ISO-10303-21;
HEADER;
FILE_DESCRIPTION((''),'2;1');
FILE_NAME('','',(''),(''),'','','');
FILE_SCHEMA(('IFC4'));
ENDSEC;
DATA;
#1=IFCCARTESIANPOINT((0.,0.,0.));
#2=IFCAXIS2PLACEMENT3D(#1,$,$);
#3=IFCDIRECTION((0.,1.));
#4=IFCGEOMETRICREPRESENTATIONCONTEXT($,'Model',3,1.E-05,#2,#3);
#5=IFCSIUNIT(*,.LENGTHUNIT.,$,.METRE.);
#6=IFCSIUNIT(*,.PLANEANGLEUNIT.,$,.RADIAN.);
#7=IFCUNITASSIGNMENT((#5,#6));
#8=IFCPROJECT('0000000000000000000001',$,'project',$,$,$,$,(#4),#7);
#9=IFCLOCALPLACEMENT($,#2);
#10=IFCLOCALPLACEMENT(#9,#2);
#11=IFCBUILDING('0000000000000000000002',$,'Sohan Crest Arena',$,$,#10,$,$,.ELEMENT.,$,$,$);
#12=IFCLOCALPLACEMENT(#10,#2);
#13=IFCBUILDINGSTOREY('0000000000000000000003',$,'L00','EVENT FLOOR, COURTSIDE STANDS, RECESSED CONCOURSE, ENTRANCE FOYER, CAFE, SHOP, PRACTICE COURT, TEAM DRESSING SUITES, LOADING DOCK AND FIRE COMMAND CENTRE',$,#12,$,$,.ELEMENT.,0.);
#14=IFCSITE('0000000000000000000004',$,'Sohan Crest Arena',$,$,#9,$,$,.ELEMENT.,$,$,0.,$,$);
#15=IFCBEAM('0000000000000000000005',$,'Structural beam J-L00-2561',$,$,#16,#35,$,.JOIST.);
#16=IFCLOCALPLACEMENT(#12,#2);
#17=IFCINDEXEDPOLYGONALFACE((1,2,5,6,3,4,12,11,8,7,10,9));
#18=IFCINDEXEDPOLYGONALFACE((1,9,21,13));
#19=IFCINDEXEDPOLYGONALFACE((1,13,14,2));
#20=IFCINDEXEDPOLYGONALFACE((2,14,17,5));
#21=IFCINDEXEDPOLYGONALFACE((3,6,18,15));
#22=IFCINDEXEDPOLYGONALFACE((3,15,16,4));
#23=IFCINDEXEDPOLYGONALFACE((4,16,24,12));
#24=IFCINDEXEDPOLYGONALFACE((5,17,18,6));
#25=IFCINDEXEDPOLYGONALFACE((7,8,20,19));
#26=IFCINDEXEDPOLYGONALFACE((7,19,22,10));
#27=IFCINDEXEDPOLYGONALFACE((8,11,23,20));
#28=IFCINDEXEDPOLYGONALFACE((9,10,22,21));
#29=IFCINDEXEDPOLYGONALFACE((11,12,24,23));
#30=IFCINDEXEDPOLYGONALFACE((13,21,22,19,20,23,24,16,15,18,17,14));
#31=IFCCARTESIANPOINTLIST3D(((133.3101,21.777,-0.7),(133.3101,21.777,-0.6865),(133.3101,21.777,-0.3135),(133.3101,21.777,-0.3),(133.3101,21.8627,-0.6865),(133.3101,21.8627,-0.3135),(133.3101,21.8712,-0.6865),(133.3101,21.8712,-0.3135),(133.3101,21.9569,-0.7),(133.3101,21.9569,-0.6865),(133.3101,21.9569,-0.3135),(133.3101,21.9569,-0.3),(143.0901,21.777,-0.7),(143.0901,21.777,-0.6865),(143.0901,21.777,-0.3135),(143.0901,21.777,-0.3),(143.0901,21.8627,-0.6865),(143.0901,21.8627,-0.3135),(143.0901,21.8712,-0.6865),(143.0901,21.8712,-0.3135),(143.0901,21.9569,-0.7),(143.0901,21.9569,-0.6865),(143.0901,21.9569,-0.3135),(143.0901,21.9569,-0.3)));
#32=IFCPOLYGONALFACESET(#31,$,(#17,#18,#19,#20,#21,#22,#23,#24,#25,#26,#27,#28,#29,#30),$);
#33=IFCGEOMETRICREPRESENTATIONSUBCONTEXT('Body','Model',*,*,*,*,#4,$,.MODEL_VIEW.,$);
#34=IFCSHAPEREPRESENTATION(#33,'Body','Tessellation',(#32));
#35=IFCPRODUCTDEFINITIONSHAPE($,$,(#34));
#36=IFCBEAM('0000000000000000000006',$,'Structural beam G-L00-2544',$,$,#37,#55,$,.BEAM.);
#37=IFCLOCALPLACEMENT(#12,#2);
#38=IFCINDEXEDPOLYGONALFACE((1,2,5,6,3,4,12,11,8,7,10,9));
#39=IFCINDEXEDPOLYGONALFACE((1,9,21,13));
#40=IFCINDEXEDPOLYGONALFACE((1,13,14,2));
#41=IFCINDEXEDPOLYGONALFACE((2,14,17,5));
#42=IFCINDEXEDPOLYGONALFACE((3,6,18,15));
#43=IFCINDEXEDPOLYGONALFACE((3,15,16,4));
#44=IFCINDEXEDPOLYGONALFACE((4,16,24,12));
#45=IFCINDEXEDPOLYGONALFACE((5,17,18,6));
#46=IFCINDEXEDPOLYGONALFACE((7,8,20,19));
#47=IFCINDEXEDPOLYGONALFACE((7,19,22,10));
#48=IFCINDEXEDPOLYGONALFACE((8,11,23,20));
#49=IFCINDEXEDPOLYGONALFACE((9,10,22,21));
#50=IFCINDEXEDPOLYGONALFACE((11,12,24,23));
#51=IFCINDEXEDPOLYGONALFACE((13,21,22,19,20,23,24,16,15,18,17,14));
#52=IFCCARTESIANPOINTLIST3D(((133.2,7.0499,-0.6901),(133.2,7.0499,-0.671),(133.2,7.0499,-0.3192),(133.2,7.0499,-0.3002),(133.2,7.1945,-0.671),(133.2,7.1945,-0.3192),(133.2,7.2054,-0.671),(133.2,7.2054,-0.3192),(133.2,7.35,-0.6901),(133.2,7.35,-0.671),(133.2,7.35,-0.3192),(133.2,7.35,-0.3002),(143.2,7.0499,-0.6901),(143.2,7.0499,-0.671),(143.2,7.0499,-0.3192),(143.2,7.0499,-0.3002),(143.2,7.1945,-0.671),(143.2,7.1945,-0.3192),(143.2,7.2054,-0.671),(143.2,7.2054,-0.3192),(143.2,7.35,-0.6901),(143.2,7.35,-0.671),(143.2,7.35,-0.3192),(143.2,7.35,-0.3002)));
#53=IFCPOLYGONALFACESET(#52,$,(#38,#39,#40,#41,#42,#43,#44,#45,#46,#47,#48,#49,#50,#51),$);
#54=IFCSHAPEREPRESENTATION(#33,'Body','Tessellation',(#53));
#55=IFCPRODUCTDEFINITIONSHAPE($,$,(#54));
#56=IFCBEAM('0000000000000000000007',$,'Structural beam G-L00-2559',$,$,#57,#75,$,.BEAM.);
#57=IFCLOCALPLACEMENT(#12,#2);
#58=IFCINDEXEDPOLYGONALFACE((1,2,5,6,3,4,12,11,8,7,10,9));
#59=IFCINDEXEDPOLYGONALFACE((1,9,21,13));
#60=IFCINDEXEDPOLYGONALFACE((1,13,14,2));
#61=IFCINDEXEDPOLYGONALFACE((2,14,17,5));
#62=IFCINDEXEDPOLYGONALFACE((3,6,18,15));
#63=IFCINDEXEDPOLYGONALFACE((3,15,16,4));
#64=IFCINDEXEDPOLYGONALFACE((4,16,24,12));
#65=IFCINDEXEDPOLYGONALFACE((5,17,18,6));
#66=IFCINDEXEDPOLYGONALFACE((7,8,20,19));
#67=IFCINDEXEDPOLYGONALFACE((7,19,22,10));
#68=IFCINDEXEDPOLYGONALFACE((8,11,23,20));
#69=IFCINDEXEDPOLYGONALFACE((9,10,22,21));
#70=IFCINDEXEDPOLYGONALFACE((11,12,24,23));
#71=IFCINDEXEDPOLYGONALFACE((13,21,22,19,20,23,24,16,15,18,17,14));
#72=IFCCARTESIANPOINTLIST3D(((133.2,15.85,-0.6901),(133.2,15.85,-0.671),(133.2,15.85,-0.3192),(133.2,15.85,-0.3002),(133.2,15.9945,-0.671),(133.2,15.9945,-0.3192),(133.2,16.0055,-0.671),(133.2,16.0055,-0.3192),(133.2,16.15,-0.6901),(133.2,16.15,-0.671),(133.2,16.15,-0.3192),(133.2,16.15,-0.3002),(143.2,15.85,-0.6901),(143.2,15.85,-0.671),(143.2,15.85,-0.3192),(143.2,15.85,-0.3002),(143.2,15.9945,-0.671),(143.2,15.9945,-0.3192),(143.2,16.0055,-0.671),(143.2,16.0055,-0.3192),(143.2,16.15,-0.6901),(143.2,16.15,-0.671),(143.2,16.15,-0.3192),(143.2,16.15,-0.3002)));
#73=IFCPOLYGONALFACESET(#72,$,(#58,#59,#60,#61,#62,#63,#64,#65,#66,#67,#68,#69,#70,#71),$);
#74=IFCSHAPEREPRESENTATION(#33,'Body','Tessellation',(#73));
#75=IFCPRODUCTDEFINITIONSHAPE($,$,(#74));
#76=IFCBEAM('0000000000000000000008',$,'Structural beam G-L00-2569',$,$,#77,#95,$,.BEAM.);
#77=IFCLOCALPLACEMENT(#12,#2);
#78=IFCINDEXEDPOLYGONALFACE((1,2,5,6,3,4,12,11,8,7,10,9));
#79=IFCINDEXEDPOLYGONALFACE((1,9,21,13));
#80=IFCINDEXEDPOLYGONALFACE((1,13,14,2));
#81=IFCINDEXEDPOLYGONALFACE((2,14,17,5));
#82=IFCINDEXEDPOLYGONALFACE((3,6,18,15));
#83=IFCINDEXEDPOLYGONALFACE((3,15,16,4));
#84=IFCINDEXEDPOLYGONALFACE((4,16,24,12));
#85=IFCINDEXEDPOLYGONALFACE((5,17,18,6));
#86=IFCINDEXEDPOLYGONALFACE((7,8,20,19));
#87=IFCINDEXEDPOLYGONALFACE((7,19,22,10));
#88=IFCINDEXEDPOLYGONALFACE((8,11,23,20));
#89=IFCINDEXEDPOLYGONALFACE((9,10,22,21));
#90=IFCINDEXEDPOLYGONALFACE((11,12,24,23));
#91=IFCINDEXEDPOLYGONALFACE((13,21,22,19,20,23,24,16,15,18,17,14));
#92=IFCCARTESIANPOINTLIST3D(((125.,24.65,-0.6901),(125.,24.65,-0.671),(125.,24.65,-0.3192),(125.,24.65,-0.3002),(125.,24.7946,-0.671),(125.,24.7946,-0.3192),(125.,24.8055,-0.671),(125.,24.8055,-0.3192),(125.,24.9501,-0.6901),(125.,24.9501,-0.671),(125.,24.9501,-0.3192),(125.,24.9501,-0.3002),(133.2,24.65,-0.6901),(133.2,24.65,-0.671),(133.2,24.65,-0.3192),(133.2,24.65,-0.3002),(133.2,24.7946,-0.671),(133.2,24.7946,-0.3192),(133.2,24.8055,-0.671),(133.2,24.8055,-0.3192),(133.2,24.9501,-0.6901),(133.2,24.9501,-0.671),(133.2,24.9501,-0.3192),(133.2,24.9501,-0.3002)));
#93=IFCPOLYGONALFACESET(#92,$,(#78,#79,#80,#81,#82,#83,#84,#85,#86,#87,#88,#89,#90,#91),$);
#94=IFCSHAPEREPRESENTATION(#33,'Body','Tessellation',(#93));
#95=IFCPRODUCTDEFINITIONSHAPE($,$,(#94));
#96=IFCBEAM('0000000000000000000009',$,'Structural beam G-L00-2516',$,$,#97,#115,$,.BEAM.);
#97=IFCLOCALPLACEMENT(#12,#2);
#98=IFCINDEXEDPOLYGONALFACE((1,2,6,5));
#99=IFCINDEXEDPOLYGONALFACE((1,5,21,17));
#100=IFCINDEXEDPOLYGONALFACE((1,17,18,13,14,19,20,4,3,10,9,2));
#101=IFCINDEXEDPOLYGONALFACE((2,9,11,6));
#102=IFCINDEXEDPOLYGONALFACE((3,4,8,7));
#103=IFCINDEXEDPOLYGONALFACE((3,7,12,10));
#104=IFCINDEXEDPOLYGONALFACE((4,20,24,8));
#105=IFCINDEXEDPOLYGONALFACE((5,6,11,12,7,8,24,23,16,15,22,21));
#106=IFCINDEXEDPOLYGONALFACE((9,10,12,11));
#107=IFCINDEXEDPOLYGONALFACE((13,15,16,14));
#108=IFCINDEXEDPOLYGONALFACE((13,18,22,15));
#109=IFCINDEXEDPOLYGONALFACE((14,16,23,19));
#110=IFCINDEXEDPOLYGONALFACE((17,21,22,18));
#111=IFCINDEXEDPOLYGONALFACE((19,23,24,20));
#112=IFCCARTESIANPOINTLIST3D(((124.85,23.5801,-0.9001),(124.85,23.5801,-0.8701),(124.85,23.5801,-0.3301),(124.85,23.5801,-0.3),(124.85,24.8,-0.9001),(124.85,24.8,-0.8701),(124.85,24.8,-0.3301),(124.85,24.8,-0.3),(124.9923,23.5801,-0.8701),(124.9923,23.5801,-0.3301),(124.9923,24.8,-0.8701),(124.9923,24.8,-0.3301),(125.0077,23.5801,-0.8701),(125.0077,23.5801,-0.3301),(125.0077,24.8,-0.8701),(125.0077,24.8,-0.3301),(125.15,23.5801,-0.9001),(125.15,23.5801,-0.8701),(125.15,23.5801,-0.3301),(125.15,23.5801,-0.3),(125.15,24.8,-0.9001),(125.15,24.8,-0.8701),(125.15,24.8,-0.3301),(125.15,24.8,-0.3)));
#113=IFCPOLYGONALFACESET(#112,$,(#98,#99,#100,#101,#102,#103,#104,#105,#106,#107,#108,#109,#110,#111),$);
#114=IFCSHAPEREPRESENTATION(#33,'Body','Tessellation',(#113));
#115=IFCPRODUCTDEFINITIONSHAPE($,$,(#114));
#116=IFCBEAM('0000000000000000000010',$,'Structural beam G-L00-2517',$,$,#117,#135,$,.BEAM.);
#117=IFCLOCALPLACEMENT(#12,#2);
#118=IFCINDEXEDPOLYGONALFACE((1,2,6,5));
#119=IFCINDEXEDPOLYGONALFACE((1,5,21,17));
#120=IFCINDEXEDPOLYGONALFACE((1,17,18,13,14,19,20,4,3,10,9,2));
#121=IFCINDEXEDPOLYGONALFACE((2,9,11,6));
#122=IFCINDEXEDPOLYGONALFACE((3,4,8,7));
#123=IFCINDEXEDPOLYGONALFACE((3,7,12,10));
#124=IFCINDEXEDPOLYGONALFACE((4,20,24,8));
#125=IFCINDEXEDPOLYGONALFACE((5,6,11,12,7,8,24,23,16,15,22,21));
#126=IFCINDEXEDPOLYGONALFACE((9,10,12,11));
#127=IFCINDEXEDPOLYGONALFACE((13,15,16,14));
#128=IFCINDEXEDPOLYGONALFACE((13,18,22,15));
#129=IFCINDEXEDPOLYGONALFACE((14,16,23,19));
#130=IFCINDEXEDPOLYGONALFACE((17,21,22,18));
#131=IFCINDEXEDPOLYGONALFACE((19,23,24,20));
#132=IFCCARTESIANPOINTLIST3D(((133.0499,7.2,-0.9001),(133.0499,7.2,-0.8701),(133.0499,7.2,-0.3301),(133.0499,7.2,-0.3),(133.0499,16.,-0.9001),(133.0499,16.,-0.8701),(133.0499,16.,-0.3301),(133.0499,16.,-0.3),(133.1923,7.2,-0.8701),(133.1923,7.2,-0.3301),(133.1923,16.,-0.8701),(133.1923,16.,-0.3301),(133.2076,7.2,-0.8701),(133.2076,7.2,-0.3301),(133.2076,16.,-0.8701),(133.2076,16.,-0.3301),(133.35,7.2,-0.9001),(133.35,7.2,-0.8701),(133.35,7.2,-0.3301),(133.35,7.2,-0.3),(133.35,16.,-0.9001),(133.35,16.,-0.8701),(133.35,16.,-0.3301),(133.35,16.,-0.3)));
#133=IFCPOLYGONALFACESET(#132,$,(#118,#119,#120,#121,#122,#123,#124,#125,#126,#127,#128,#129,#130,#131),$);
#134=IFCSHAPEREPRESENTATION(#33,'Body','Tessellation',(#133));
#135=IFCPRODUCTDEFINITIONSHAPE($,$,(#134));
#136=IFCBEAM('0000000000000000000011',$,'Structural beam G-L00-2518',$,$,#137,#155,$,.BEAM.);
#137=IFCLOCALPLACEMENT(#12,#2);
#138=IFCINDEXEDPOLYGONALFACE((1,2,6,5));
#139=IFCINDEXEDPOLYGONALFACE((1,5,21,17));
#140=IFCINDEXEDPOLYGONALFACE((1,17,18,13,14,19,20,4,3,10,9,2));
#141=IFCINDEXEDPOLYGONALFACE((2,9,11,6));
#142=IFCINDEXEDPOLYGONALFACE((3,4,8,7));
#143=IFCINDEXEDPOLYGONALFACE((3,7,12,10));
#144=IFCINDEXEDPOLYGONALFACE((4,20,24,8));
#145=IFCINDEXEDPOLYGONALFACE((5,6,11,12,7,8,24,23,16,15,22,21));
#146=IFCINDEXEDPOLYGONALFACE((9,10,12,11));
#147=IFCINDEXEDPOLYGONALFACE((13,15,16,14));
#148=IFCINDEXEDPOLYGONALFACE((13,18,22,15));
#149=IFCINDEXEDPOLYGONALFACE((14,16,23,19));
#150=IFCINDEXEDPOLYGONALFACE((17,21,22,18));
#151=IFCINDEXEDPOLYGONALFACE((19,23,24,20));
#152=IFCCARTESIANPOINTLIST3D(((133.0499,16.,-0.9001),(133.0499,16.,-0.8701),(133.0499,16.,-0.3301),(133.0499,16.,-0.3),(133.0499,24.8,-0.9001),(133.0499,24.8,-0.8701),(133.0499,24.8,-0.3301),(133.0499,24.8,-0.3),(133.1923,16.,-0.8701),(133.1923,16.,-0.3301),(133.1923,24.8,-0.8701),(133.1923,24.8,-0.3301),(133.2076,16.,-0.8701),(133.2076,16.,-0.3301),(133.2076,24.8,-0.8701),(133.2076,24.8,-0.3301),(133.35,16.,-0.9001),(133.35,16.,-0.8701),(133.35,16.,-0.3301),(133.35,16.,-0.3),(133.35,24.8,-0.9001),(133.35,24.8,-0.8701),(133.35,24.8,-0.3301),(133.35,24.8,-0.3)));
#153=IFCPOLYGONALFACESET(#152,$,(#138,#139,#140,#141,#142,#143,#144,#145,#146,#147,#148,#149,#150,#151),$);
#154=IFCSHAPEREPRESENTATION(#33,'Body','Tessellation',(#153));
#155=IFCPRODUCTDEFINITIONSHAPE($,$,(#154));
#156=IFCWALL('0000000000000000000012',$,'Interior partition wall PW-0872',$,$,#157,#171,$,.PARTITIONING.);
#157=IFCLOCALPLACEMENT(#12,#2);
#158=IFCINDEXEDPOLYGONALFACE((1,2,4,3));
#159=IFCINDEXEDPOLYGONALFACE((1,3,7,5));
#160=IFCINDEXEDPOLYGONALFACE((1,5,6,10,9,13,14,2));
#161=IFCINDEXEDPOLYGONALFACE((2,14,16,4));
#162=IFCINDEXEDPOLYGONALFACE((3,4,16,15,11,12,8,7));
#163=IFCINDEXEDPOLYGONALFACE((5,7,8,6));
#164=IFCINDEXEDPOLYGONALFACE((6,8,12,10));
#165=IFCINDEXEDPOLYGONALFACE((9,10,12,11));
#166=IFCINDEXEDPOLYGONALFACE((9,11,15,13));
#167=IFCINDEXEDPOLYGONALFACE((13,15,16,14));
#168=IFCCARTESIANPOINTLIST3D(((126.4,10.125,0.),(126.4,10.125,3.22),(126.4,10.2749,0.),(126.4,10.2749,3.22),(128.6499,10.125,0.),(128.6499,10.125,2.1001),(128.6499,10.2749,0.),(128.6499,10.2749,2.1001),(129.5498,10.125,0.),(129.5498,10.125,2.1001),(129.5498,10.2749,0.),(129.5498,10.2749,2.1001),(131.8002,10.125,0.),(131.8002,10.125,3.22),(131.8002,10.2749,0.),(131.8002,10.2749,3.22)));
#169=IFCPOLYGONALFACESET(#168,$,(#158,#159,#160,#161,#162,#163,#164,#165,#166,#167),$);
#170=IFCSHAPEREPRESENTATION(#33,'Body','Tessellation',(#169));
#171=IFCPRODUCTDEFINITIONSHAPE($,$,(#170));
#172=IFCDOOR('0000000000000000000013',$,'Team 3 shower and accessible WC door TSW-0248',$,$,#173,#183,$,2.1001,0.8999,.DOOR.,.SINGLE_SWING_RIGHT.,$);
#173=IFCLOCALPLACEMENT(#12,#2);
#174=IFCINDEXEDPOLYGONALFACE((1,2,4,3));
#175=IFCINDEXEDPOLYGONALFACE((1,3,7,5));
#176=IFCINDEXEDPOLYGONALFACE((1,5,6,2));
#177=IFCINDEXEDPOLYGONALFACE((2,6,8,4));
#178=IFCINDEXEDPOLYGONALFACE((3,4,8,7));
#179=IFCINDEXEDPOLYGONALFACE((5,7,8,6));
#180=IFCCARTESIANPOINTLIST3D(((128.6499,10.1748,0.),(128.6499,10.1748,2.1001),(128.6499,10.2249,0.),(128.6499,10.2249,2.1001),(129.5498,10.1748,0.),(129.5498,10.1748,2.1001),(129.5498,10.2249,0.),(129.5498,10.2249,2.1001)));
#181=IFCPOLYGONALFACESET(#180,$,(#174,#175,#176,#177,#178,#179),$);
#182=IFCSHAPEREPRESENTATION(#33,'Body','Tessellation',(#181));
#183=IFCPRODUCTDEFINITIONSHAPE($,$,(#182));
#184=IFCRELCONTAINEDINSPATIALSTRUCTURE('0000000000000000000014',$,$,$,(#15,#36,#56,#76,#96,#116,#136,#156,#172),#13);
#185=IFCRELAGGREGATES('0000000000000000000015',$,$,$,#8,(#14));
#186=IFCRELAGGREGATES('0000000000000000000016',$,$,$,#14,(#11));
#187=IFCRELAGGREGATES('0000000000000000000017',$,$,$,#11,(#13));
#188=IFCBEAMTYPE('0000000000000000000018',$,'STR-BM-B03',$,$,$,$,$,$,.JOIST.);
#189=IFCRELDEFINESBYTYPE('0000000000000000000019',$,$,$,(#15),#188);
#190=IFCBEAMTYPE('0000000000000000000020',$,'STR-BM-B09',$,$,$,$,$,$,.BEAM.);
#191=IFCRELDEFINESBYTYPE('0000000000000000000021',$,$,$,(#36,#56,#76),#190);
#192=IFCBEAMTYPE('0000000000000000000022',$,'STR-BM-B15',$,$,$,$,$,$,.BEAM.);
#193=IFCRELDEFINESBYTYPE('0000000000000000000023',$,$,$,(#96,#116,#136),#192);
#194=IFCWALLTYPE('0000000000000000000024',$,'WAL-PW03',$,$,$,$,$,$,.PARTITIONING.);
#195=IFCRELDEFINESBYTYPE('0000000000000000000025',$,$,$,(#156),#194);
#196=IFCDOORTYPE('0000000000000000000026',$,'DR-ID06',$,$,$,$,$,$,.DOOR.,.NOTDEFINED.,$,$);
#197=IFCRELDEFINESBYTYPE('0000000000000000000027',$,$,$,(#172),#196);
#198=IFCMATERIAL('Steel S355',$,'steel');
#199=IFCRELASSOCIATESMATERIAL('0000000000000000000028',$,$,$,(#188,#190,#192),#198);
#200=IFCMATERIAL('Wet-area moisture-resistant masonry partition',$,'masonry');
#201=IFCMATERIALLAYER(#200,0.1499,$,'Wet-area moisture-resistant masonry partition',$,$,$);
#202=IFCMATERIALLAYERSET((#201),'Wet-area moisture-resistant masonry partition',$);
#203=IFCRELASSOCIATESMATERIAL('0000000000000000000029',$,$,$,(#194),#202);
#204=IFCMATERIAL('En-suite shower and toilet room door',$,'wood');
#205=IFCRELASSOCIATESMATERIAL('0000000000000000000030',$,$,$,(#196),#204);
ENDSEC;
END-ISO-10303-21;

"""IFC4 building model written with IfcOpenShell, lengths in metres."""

from ifc_helpers import new_model, si_unit, direction, frame, frame_2d, origin, origin_2d, place, context, subcontext, project, spatial, rectangle, i_section, extrude, material, layer, layer_set, material_profile, profile_set, type_object, element, fill, save


model = new_model("IFC4")

# Units and contexts
model_context = context("Model", 3, precision=1e-05, world=origin(), true_north=direction((0.0, 1.0)))
body_context = subcontext(model_context, "Body", "Model", "MODEL_VIEW")
ifc_project = project(units=[si_unit("LENGTHUNIT", "METRE"), si_unit("PLANEANGLEUNIT", "RADIAN")], contexts=[model_context])

# Site, building, storey
site_placement = place(None, origin())
site = spatial("IfcSite", under=ifc_project, at=site_placement, Name="Sohan Crest Arena", CompositionType="ELEMENT", RefElevation=0.0)
building_placement = place(site_placement, origin())
building = spatial("IfcBuilding", under=site, at=building_placement, Name="Sohan Crest Arena", CompositionType="ELEMENT")
storey_placement = place(building_placement, origin())
storey = spatial("IfcBuildingStorey", under=building, at=storey_placement, Name="L00", Description="EVENT FLOOR, COURTSIDE STANDS, RECESSED CONCOURSE, ENTRANCE FOYER, CAFE, SHOP, PRACTICE COURT, TEAM DRESSING SUITES, LOADING DOCK AND FIRE COMMAND CENTRE", CompositionType="ELEMENT", Elevation=0.0)

# Shared definitions
ifc_material_1 = material(Name="Steel S355", Category="steel")

# Beams
ifc_material_profile_1 = material_profile(ifc_material_1, i_section(OverallWidth=0.1799, OverallDepth=0.3999, WebThickness=0.0085, FlangeThickness=0.0134, at=origin_2d()), Name="IPE 400")
ifc_profile_set_1 = profile_set([ifc_material_profile_1], Name="Steel S355")
beam_type_1 = type_object("IfcBeamType", Name="STR-BM-B03", PredefinedType="JOIST", material=ifc_profile_set_1)
for number, where, z_axis, x_axis, name in (
    (1, (133.3101, 21.8669, -0.5), (1.0, 0.0, 0.0), (0.0, 1.0, 0.0), "Structural beam J-L00-2561"),
):
    element("IfcBeam", number, at=place(storey_placement, frame(where, z_axis=z_axis, x_axis=x_axis)), inside=storey, type_object=beam_type_1, Name=name, PredefinedType="JOIST", context=body_context, shape_type="SweptSolid", body=[
        extrude(i_section(OverallWidth=0.1799, OverallDepth=0.3999, WebThickness=0.0085, FlangeThickness=0.0134, at=origin_2d()), origin(), (0.0, 0.0, 1.0), 9.78),
    ])
ifc_material_profile_2 = material_profile(ifc_material_1, i_section(OverallWidth=0.3, OverallDepth=0.3899, WebThickness=0.011, FlangeThickness=0.019, at=origin_2d()), Name="HEA 400")
ifc_profile_set_2 = profile_set([ifc_material_profile_2], Name="Steel S355")
beam_type_2 = type_object("IfcBeamType", Name="STR-BM-B09", PredefinedType="BEAM", material=ifc_profile_set_2)
for number, where, z_axis, x_axis, name in (
    (2, (133.2, 7.2, -0.4951), (1.0, 0.0, 0.0), (0.0, 1.0, 0.0), "Structural beam G-L00-2544"),
    (3, (133.2, 16.0, -0.4951), (1.0, 0.0, 0.0), (0.0, 1.0, 0.0), "Structural beam G-L00-2559"),
):
    element("IfcBeam", number, at=place(storey_placement, frame(where, z_axis=z_axis, x_axis=x_axis)), inside=storey, type_object=beam_type_2, Name=name, PredefinedType="BEAM", context=body_context, shape_type="SweptSolid", body=[
        extrude(i_section(OverallWidth=0.3, OverallDepth=0.3899, WebThickness=0.011, FlangeThickness=0.019, at=origin_2d()), origin(), (0.0, 0.0, 1.0), 10.0),
    ])
beam_1_placement = place(storey_placement, frame((125.0, 24.8, -0.4951), z_axis=(1.0, 0.0, 0.0), x_axis=(0.0, 1.0, 0.0)))
element("IfcBeam", 4, at=beam_1_placement, inside=storey, type_object=beam_type_2, Name="Structural beam G-L00-2569", PredefinedType="BEAM", context=body_context, shape_type="SweptSolid", body=[
    extrude(i_section(OverallWidth=0.3, OverallDepth=0.3899, WebThickness=0.011, FlangeThickness=0.019, at=origin_2d()), origin(), (0.0, 0.0, 1.0), 8.2),
])
ifc_material_profile_3 = material_profile(ifc_material_1, i_section(OverallWidth=0.3, OverallDepth=0.6001, WebThickness=0.0154, FlangeThickness=0.03, at=origin_2d()), Name="HEB 600")
ifc_profile_set_3 = profile_set([ifc_material_profile_3], Name="Steel S355")
beam_type_3 = type_object("IfcBeamType", Name="STR-BM-B15", PredefinedType="BEAM", material=ifc_profile_set_3)
beam_2_placement = place(storey_placement, frame((125.0, 23.5801, -0.6001), z_axis=(0.0, 1.0, 0.0), x_axis=(-1.0, 0.0, 0.0)))
element("IfcBeam", 5, at=beam_2_placement, inside=storey, type_object=beam_type_3, Name="Structural beam G-L00-2516", PredefinedType="BEAM", context=body_context, shape_type="SweptSolid", body=[
    extrude(i_section(OverallWidth=0.3, OverallDepth=0.6001, WebThickness=0.0154, FlangeThickness=0.03, at=origin_2d()), origin(), (0.0, 0.0, 1.0), 1.22),
])
for number, where, z_axis, x_axis, name in (
    (6, (133.2, 7.2, -0.6001), (0.0, 1.0, 0.0), (-1.0, 0.0, 0.0), "Structural beam G-L00-2517"),
    (7, (133.2, 16.0, -0.6001), (0.0, 1.0, 0.0), (-1.0, 0.0, 0.0), "Structural beam G-L00-2518"),
):
    element("IfcBeam", number, at=place(storey_placement, frame(where, z_axis=z_axis, x_axis=x_axis)), inside=storey, type_object=beam_type_3, Name=name, PredefinedType="BEAM", context=body_context, shape_type="SweptSolid", body=[
        extrude(i_section(OverallWidth=0.3, OverallDepth=0.6001, WebThickness=0.0154, FlangeThickness=0.03, at=origin_2d()), origin(), (0.0, 0.0, 1.0), 8.8),
    ])

# Wall, opening, door
ifc_material_2 = material(Name="Wet-area moisture-resistant masonry partition", Category="masonry")
ifc_layer_1 = layer(ifc_material_2, 0.1499, Name="Wet-area moisture-resistant masonry partition")
ifc_layer_set_1 = layer_set([ifc_layer_1], Name="Wet-area moisture-resistant masonry partition")
wall_type_1 = type_object("IfcWallType", Name="WAL-PW03", PredefinedType="PARTITIONING", material=ifc_layer_set_1)
wall_1_placement = place(storey_placement, frame((126.3999, 10.2, 0.0), z_axis=(0.0, 0.0, 1.0), x_axis=(1.0, 0.0, 0.0)))
wall_1 = element("IfcWall", 8, at=wall_1_placement, inside=storey, type_object=wall_type_1, Name="Interior partition wall PW-0872", PredefinedType="PARTITIONING", context=body_context, shape_type="SweptSolid", body=[
    extrude(rectangle(XDim=5.4001, YDim=0.1499, at=frame_2d((2.7002, 0.0))), origin(), (0.0, 0.0, 1.0), 3.22),
])
opening_1_placement = place(wall_1_placement, frame((2.25, 0.0, 0.0)))
opening_1 = element("IfcOpeningElement", 9, at=opening_1_placement, cuts=wall_1, PredefinedType="OPENING", context=body_context, shape_type="SweptSolid", body=[
    extrude(rectangle(XDim=0.8999, YDim=2.1001, at=frame_2d((0.45, 1.05))), frame((0.0, 0.085, 0.0), z_axis=(0.0, -1.0, 0.0), x_axis=(1.0, 0.0, 0.0)), (0.0, 0.0, 1.0), 0.1699),
])
ifc_material_3 = material(Name="En-suite shower and toilet room door", Category="wood")
door_type_1 = type_object("IfcDoorType", Name="DR-ID06", OperationType="NOTDEFINED", PredefinedType="DOOR", material=ifc_material_3)
door_1_placement = place(opening_1_placement, origin())
door_1 = element("IfcDoor", 10, at=door_1_placement, inside=storey, type_object=door_type_1, Name="Team 3 shower and accessible WC door TSW-0248", OperationType="SINGLE_SWING_RIGHT", OverallHeight=2.1001, OverallWidth=0.8999, PredefinedType="DOOR", context=body_context, shape_type="SweptSolid", body=[
    extrude(rectangle(XDim=0.8999, YDim=2.1001, at=frame_2d((0.45, 1.05))), frame((0.0, 0.0249, 0.0), z_axis=(0.0, -1.0, 0.0), x_axis=(1.0, 0.0, 0.0)), (0.0, 0.0, 1.0), 0.05),
])
fill(opening_1, door_1)

save(model, "model.ifc")
